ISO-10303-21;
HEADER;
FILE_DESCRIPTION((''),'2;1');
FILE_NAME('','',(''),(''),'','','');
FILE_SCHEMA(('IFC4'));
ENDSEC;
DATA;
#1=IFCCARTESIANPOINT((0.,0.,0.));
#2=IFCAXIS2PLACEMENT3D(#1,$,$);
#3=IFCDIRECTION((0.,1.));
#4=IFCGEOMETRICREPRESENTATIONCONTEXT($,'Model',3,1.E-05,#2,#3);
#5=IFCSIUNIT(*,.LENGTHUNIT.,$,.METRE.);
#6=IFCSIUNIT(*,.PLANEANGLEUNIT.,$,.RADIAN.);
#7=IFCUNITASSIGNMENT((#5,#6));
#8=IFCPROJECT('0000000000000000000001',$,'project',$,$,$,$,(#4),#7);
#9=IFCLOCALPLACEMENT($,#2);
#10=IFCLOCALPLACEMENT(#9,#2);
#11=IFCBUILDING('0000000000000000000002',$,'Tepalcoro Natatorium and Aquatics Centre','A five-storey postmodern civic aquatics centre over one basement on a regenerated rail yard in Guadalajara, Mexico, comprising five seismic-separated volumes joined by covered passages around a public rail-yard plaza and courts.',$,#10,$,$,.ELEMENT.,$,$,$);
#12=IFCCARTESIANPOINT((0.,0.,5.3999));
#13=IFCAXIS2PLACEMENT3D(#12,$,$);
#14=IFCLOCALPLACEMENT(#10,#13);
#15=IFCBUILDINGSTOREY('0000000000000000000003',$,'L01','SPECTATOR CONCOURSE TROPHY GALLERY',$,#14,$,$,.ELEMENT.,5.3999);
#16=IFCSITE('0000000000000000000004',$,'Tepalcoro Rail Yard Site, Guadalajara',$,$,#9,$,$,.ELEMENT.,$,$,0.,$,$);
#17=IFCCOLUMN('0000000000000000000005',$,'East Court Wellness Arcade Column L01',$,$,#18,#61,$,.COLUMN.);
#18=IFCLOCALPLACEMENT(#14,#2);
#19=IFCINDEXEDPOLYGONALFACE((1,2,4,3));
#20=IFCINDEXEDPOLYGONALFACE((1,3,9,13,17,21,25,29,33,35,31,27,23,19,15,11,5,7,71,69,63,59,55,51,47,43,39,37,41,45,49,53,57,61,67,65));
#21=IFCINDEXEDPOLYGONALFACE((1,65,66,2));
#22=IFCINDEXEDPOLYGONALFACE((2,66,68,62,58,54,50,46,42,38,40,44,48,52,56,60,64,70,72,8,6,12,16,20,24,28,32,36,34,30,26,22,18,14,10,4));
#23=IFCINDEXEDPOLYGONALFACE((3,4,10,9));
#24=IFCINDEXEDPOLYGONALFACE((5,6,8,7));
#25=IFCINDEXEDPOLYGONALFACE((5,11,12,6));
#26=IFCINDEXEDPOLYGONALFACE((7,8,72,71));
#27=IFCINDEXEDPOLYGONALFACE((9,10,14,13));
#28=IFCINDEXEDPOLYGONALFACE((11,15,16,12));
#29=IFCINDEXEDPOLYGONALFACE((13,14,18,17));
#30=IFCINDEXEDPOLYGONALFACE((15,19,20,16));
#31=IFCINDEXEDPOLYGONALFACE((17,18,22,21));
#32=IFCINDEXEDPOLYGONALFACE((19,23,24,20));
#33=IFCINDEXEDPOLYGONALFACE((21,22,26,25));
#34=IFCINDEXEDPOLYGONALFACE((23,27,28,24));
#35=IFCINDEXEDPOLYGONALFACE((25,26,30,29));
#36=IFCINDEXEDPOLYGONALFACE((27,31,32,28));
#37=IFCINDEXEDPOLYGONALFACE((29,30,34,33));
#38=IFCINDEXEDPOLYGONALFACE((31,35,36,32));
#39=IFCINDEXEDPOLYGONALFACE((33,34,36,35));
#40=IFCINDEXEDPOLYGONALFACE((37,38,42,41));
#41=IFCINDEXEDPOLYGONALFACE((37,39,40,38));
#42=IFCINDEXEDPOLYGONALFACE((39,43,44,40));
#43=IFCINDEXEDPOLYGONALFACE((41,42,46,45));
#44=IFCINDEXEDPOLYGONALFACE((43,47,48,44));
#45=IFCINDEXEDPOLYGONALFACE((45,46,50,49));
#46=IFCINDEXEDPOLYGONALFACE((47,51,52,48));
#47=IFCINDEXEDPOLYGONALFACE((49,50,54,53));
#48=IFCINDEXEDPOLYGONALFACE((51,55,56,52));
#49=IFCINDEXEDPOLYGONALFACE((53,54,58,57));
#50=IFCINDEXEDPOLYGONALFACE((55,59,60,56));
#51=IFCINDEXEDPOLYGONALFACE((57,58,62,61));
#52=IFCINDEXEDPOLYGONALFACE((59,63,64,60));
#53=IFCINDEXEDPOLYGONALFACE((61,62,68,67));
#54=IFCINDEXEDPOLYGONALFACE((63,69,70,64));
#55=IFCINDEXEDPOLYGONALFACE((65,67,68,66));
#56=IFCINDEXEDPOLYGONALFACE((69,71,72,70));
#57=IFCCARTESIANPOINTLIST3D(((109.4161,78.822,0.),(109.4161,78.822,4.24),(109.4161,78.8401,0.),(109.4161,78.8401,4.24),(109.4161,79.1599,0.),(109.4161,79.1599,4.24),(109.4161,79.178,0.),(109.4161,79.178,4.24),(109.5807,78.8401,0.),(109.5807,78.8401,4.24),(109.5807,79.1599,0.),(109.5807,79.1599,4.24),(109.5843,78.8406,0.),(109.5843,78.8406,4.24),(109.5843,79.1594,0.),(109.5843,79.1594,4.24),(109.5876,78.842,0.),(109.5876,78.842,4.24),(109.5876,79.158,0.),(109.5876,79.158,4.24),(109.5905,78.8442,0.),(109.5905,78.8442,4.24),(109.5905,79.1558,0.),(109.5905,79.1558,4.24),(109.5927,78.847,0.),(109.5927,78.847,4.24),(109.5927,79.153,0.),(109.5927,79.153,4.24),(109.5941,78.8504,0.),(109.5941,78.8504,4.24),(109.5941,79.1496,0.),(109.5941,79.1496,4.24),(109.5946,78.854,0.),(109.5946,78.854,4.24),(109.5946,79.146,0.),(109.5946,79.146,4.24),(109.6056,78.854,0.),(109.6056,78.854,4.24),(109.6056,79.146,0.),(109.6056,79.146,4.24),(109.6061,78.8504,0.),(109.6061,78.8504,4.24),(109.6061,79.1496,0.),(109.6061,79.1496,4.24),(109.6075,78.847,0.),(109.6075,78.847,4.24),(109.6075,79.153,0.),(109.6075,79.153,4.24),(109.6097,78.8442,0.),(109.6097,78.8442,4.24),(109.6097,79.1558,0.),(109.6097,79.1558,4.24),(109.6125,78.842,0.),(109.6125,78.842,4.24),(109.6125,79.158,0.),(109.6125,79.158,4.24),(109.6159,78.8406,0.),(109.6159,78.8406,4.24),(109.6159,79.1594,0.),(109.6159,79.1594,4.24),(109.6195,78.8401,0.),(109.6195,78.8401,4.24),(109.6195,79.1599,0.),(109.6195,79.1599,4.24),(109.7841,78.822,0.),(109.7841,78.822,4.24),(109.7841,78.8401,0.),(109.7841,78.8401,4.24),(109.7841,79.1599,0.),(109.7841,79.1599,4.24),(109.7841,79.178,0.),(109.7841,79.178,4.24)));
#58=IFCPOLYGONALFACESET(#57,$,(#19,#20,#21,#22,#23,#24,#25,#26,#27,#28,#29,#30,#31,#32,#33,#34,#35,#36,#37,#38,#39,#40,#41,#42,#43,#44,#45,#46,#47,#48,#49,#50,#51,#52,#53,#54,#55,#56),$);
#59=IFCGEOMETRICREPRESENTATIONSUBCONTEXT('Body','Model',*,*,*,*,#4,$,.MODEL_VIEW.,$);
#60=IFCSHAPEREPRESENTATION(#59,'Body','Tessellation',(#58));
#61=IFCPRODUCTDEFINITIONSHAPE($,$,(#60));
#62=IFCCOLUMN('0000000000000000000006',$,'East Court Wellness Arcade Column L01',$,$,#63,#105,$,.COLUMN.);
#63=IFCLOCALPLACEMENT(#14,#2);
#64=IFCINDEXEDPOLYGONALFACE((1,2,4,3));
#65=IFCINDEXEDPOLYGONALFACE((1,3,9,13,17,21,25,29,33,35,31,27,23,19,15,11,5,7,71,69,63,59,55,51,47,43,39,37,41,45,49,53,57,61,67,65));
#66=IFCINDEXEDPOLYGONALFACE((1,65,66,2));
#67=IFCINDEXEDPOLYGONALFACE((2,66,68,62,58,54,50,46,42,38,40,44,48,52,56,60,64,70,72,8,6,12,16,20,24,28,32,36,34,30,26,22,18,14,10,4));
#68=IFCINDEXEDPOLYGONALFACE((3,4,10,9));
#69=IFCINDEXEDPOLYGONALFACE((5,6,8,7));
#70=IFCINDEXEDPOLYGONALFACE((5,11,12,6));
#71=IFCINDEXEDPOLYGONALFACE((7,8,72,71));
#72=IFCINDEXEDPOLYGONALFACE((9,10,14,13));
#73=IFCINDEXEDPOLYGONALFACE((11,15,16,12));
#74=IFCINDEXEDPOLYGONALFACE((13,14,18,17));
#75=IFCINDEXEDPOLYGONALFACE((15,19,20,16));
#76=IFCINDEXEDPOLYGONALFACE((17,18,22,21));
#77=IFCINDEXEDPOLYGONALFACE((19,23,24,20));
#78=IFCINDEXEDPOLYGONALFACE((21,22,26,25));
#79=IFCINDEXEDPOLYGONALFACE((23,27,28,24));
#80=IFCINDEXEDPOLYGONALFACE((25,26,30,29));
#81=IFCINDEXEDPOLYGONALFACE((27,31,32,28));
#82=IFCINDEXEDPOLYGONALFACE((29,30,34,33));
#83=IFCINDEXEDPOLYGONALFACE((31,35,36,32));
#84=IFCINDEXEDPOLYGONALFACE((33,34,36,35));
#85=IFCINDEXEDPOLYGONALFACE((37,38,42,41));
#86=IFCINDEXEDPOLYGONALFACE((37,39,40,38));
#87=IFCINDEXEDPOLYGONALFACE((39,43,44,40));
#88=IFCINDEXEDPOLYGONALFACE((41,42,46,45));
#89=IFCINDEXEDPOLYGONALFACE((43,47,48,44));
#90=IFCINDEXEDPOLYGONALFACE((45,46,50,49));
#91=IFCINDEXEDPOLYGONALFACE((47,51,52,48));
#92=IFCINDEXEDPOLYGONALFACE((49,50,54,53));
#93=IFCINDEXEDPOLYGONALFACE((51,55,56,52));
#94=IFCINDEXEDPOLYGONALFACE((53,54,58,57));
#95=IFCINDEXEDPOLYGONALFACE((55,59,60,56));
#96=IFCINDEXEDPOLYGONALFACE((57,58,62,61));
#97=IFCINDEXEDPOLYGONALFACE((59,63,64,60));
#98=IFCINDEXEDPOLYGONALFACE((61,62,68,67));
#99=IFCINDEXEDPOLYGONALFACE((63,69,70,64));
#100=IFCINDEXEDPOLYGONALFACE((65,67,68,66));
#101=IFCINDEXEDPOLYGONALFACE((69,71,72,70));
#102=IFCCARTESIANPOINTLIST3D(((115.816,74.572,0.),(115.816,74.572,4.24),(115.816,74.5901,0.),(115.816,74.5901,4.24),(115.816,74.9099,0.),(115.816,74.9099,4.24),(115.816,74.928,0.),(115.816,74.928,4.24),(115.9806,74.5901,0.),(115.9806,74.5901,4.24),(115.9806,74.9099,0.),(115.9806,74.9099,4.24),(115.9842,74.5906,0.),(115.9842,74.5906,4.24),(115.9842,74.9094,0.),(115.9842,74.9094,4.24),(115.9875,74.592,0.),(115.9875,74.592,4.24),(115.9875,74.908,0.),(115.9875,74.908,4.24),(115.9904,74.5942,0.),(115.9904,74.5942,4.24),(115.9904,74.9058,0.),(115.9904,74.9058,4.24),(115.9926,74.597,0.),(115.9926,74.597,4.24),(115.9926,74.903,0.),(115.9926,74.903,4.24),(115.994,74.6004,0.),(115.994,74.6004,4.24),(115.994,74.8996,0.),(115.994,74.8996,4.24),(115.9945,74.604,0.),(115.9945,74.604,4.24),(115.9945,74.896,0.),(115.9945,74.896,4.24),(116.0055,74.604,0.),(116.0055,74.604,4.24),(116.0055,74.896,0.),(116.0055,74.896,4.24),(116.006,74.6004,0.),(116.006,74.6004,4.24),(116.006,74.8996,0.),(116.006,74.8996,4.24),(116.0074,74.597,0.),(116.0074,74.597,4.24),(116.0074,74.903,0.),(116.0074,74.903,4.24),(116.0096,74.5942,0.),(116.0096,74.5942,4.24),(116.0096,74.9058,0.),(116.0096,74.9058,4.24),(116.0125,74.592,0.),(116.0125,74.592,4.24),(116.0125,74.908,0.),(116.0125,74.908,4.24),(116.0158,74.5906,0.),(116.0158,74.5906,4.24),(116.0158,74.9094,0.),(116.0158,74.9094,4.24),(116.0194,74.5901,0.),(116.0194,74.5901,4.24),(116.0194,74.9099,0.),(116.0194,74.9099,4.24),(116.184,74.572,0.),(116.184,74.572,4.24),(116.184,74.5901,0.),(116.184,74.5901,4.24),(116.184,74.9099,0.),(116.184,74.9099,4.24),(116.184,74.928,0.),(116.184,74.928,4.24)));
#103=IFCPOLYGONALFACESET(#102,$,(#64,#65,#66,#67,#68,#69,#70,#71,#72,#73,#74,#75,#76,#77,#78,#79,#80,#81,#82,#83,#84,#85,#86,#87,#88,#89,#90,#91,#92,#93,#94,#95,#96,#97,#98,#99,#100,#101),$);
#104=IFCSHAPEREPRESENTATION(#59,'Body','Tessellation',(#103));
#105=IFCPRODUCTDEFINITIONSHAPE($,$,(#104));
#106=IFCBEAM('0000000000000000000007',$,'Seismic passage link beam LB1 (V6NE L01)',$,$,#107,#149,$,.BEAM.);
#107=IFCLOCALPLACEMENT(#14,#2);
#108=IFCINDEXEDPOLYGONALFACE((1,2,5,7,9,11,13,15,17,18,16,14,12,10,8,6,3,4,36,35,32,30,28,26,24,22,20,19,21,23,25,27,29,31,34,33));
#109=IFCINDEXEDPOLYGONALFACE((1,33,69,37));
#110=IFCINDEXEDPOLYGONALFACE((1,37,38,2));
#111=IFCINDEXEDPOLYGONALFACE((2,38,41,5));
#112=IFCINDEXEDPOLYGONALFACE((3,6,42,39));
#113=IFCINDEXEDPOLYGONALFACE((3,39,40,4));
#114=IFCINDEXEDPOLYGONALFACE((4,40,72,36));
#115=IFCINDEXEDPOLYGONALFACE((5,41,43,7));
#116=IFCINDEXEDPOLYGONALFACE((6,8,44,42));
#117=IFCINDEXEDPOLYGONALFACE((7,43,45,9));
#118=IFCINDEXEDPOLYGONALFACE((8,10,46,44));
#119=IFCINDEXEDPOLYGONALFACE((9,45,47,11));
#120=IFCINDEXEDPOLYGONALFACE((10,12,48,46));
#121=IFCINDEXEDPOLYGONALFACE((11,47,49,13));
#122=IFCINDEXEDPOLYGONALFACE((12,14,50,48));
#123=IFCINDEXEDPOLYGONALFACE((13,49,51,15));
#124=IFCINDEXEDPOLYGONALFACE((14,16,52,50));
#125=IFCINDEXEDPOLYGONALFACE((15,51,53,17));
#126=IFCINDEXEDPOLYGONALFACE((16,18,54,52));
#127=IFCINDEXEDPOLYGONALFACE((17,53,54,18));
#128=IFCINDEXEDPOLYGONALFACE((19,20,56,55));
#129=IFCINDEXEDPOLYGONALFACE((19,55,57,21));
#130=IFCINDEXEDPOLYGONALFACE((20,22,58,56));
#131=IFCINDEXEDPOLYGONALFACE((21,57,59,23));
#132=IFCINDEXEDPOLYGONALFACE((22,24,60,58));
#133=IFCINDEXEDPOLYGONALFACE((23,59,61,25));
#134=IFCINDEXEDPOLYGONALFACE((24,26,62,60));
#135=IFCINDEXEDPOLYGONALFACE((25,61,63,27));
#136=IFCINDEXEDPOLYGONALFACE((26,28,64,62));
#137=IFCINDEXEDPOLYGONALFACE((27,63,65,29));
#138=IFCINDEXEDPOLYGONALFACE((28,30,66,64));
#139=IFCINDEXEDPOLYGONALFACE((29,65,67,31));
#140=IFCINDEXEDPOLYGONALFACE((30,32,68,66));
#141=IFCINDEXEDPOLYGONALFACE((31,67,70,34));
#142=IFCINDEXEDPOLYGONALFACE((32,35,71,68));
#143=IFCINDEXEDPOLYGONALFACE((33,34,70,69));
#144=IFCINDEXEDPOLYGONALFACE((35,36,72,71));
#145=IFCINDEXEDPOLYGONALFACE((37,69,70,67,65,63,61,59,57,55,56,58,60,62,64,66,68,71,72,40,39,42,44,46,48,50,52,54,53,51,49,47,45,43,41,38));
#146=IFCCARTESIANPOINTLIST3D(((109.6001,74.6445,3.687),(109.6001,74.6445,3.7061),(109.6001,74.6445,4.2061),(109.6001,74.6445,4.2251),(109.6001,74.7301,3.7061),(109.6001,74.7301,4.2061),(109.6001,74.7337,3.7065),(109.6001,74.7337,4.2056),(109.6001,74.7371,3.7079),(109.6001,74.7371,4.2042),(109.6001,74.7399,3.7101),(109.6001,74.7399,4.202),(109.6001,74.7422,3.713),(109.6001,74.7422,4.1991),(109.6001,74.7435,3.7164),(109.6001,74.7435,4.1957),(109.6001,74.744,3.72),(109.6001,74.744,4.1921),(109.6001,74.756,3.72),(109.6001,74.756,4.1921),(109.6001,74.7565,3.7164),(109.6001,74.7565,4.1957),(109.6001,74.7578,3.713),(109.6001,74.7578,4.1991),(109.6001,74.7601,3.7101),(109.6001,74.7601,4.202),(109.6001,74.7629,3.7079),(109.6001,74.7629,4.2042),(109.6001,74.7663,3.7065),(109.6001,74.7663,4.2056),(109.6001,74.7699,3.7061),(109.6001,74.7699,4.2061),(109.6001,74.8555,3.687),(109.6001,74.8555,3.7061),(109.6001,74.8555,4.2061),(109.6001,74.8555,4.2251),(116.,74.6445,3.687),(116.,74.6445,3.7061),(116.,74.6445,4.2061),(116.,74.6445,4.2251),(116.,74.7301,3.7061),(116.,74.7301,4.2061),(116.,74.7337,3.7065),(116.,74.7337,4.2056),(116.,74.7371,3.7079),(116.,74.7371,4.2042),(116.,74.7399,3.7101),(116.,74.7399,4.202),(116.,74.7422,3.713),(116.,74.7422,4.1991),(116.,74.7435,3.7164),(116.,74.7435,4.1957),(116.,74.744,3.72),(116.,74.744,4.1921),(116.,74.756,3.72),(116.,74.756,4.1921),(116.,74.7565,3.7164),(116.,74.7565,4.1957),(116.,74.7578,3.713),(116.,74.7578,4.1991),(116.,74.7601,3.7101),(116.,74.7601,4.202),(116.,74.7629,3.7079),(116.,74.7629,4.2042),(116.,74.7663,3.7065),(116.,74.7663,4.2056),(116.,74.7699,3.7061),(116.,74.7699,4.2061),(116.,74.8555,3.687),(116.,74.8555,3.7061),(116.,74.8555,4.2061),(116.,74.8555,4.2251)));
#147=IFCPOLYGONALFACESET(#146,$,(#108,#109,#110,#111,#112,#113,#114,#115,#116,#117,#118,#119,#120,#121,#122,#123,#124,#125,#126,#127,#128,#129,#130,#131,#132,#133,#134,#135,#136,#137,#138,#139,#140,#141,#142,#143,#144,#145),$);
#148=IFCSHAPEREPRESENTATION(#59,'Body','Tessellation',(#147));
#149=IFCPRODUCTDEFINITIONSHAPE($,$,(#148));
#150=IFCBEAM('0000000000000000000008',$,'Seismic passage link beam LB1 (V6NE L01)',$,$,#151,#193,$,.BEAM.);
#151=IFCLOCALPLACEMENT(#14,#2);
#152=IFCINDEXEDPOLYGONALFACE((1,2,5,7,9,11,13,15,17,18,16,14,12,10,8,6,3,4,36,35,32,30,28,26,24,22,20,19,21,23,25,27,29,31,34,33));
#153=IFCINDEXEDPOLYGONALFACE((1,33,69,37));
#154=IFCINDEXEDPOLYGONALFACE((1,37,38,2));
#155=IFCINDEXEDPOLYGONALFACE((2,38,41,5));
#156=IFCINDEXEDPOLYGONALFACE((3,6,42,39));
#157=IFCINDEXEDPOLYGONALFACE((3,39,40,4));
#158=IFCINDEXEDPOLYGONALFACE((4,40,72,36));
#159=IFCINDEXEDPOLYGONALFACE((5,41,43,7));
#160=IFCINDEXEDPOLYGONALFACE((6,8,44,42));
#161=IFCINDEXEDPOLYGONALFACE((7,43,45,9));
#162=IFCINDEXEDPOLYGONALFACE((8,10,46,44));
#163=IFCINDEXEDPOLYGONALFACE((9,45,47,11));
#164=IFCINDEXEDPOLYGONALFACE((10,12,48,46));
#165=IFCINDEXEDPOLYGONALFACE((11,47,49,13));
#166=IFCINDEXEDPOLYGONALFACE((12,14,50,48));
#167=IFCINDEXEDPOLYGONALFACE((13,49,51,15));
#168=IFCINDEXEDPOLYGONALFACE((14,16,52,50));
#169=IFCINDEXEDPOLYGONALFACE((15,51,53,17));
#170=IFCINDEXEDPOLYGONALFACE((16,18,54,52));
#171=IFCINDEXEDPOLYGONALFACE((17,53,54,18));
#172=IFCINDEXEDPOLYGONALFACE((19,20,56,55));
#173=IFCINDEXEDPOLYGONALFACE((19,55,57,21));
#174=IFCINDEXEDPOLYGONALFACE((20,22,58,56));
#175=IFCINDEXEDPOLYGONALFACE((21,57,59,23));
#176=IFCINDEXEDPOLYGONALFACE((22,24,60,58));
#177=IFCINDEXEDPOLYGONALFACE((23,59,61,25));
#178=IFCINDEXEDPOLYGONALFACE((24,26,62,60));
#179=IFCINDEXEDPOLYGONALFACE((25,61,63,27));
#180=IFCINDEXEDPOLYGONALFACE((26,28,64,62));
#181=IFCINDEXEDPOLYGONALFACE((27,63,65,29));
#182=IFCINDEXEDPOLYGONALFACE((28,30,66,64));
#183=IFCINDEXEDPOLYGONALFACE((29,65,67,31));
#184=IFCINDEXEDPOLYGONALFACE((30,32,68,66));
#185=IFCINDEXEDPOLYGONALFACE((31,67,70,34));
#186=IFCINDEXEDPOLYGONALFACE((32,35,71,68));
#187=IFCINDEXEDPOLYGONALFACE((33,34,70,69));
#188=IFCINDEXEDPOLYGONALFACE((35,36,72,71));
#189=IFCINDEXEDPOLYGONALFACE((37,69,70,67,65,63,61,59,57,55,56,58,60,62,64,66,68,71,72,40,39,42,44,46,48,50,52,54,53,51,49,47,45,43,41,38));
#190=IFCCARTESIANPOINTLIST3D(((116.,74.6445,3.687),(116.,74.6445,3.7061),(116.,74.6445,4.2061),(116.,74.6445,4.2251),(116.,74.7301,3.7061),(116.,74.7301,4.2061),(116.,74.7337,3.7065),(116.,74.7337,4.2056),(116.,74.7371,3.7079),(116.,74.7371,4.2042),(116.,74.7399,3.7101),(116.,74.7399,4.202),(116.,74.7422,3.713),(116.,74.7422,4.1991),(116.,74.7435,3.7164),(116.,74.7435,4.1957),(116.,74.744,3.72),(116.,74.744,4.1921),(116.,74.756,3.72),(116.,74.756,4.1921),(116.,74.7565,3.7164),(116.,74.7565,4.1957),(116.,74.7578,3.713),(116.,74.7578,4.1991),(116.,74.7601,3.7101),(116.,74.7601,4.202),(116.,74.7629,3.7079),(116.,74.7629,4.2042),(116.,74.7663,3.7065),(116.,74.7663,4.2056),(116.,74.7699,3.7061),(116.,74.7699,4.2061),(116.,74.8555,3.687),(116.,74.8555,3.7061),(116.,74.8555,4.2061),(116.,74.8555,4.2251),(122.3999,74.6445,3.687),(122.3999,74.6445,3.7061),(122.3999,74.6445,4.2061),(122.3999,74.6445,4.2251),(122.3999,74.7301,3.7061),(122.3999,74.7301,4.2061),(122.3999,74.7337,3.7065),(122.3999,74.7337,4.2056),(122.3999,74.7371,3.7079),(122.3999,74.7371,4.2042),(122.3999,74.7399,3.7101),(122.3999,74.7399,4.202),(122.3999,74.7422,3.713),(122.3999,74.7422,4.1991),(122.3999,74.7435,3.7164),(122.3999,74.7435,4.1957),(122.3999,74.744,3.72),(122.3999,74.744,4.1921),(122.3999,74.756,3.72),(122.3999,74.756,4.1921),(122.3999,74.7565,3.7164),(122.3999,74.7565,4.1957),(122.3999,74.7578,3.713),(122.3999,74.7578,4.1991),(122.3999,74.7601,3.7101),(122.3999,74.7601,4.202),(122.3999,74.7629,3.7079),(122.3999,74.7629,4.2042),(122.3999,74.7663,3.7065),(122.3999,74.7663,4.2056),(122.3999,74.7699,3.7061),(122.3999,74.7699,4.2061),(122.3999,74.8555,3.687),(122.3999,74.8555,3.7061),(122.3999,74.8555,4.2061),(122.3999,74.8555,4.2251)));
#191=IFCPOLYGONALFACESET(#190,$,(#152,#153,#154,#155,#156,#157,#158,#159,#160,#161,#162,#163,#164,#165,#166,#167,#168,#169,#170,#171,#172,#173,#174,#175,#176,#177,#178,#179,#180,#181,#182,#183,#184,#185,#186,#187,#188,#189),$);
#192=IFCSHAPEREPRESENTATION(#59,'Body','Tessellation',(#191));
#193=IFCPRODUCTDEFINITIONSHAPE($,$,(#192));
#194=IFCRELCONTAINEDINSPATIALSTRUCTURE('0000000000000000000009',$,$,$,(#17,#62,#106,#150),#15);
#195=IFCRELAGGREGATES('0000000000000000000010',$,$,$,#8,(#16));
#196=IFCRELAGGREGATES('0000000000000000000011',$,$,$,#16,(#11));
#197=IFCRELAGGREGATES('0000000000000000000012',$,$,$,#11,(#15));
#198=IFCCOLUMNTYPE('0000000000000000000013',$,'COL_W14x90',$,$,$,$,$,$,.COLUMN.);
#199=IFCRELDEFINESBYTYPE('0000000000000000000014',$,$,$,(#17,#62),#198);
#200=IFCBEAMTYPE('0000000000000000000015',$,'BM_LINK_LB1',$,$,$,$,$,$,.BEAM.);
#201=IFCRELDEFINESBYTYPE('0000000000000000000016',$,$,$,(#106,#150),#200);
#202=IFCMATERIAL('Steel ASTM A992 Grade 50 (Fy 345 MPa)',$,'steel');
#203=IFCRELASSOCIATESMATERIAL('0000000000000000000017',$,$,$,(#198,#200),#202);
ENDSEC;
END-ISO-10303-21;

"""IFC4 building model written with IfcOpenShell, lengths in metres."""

from ifc_helpers import new_model, si_unit, direction, frame, origin, origin_2d, place, context, subcontext, project, spatial, i_section, extrude, material, material_profile, profile_set, type_object, element, save


model = new_model("IFC4")

# Units and contexts
model_context = context("Model", 3, precision=1e-05, world=origin(), true_north=direction((0.0, 1.0)))
body_context = subcontext(model_context, "Body", "Model", "MODEL_VIEW")
ifc_project = project(units=[si_unit("LENGTHUNIT", "METRE"), si_unit("PLANEANGLEUNIT", "RADIAN")], contexts=[model_context])

# Site, building, storey
site_placement = place(None, origin())
site = spatial("IfcSite", under=ifc_project, at=site_placement, Name="Tepalcoro Rail Yard Site, Guadalajara", CompositionType="ELEMENT", RefElevation=0.0)
building_placement = place(site_placement, origin())
building = spatial("IfcBuilding", under=site, at=building_placement, Name="Tepalcoro Natatorium and Aquatics Centre", Description="A five-storey postmodern civic aquatics centre over one basement on a regenerated rail yard in Guadalajara, Mexico, comprising five seismic-separated volumes joined by covered passages around a public rail-yard plaza and courts.", CompositionType="ELEMENT")
storey_placement = place(building_placement, frame((0.0, 0.0, 5.3999)))
storey = spatial("IfcBuildingStorey", under=building, at=storey_placement, Name="L01", Description="SPECTATOR CONCOURSE TROPHY GALLERY", CompositionType="ELEMENT", Elevation=5.3999)

# Columns
ifc_material_1 = material(Name="Steel ASTM A992 Grade 50 (Fy 345 MPa)", Category="steel")
ifc_material_profile_1 = material_profile(ifc_material_1, i_section(OverallWidth=0.3679, OverallDepth=0.356, WebThickness=0.011, FlangeThickness=0.0181, FilletRadius=0.0139, at=origin_2d()), Name="W14X90")
ifc_profile_set_1 = profile_set([ifc_material_profile_1], Name="Steel ASTM A992 Grade 50 (Fy 345 MPa)")
column_type_1 = type_object("IfcColumnType", Name="COL_W14x90", PredefinedType="COLUMN", material=ifc_profile_set_1)
for number, where, z_axis, x_axis, name in (
    (1, (109.6001, 79.0, 0.0), (0.0, 0.0, 1.0), (1.0, 0.0, 0.0), "East Court Wellness Arcade Column L01"),
    (2, (116.0, 74.75, 0.0), (0.0, 0.0, 1.0), (1.0, 0.0, 0.0), "East Court Wellness Arcade Column L01"),
):
    element("IfcColumn", number, at=place(storey_placement, frame(where, z_axis=z_axis, x_axis=x_axis)), inside=storey, type_object=column_type_1, Name=name, PredefinedType="COLUMN", context=body_context, shape_type="SweptSolid", body=[
        extrude(i_section(OverallWidth=0.3679, OverallDepth=0.356, WebThickness=0.011, FlangeThickness=0.0181, FilletRadius=0.0139, at=origin_2d()), origin(), (0.0, 0.0, 1.0), 4.24),
    ])

# Beams
ifc_material_profile_2 = material_profile(ifc_material_1, i_section(OverallWidth=0.2109, OverallDepth=0.5381, WebThickness=0.012, FlangeThickness=0.019, FilletRadius=0.0139, at=origin_2d()), Name="W21X73")
ifc_profile_set_2 = profile_set([ifc_material_profile_2], Name="Steel ASTM A992 Grade 50 (Fy 345 MPa)")
beam_type = type_object("IfcBeamType", Name="BM_LINK_LB1", PredefinedType="BEAM", material=ifc_profile_set_2)
for number, where, z_axis, x_axis, name in (
    (3, (109.6001, 74.75, 3.9561), (1.0, 0.0, 0.0), (0.0, 1.0, 0.0), "Seismic passage link beam LB1 (V6NE L01)"),
    (4, (116.0, 74.75, 3.9561), (1.0, 0.0, 0.0), (0.0, 1.0, 0.0), "Seismic passage link beam LB1 (V6NE L01)"),
):
    element("IfcBeam", number, at=place(storey_placement, frame(where, z_axis=z_axis, x_axis=x_axis)), inside=storey, type_object=beam_type, Name=name, PredefinedType="BEAM", context=body_context, shape_type="SweptSolid", body=[
        extrude(i_section(OverallWidth=0.2109, OverallDepth=0.5381, WebThickness=0.012, FlangeThickness=0.019, FilletRadius=0.0139, at=origin_2d()), origin(), (0.0, 0.0, 1.0), 6.3999),
    ])

save(model, "model.ifc")
